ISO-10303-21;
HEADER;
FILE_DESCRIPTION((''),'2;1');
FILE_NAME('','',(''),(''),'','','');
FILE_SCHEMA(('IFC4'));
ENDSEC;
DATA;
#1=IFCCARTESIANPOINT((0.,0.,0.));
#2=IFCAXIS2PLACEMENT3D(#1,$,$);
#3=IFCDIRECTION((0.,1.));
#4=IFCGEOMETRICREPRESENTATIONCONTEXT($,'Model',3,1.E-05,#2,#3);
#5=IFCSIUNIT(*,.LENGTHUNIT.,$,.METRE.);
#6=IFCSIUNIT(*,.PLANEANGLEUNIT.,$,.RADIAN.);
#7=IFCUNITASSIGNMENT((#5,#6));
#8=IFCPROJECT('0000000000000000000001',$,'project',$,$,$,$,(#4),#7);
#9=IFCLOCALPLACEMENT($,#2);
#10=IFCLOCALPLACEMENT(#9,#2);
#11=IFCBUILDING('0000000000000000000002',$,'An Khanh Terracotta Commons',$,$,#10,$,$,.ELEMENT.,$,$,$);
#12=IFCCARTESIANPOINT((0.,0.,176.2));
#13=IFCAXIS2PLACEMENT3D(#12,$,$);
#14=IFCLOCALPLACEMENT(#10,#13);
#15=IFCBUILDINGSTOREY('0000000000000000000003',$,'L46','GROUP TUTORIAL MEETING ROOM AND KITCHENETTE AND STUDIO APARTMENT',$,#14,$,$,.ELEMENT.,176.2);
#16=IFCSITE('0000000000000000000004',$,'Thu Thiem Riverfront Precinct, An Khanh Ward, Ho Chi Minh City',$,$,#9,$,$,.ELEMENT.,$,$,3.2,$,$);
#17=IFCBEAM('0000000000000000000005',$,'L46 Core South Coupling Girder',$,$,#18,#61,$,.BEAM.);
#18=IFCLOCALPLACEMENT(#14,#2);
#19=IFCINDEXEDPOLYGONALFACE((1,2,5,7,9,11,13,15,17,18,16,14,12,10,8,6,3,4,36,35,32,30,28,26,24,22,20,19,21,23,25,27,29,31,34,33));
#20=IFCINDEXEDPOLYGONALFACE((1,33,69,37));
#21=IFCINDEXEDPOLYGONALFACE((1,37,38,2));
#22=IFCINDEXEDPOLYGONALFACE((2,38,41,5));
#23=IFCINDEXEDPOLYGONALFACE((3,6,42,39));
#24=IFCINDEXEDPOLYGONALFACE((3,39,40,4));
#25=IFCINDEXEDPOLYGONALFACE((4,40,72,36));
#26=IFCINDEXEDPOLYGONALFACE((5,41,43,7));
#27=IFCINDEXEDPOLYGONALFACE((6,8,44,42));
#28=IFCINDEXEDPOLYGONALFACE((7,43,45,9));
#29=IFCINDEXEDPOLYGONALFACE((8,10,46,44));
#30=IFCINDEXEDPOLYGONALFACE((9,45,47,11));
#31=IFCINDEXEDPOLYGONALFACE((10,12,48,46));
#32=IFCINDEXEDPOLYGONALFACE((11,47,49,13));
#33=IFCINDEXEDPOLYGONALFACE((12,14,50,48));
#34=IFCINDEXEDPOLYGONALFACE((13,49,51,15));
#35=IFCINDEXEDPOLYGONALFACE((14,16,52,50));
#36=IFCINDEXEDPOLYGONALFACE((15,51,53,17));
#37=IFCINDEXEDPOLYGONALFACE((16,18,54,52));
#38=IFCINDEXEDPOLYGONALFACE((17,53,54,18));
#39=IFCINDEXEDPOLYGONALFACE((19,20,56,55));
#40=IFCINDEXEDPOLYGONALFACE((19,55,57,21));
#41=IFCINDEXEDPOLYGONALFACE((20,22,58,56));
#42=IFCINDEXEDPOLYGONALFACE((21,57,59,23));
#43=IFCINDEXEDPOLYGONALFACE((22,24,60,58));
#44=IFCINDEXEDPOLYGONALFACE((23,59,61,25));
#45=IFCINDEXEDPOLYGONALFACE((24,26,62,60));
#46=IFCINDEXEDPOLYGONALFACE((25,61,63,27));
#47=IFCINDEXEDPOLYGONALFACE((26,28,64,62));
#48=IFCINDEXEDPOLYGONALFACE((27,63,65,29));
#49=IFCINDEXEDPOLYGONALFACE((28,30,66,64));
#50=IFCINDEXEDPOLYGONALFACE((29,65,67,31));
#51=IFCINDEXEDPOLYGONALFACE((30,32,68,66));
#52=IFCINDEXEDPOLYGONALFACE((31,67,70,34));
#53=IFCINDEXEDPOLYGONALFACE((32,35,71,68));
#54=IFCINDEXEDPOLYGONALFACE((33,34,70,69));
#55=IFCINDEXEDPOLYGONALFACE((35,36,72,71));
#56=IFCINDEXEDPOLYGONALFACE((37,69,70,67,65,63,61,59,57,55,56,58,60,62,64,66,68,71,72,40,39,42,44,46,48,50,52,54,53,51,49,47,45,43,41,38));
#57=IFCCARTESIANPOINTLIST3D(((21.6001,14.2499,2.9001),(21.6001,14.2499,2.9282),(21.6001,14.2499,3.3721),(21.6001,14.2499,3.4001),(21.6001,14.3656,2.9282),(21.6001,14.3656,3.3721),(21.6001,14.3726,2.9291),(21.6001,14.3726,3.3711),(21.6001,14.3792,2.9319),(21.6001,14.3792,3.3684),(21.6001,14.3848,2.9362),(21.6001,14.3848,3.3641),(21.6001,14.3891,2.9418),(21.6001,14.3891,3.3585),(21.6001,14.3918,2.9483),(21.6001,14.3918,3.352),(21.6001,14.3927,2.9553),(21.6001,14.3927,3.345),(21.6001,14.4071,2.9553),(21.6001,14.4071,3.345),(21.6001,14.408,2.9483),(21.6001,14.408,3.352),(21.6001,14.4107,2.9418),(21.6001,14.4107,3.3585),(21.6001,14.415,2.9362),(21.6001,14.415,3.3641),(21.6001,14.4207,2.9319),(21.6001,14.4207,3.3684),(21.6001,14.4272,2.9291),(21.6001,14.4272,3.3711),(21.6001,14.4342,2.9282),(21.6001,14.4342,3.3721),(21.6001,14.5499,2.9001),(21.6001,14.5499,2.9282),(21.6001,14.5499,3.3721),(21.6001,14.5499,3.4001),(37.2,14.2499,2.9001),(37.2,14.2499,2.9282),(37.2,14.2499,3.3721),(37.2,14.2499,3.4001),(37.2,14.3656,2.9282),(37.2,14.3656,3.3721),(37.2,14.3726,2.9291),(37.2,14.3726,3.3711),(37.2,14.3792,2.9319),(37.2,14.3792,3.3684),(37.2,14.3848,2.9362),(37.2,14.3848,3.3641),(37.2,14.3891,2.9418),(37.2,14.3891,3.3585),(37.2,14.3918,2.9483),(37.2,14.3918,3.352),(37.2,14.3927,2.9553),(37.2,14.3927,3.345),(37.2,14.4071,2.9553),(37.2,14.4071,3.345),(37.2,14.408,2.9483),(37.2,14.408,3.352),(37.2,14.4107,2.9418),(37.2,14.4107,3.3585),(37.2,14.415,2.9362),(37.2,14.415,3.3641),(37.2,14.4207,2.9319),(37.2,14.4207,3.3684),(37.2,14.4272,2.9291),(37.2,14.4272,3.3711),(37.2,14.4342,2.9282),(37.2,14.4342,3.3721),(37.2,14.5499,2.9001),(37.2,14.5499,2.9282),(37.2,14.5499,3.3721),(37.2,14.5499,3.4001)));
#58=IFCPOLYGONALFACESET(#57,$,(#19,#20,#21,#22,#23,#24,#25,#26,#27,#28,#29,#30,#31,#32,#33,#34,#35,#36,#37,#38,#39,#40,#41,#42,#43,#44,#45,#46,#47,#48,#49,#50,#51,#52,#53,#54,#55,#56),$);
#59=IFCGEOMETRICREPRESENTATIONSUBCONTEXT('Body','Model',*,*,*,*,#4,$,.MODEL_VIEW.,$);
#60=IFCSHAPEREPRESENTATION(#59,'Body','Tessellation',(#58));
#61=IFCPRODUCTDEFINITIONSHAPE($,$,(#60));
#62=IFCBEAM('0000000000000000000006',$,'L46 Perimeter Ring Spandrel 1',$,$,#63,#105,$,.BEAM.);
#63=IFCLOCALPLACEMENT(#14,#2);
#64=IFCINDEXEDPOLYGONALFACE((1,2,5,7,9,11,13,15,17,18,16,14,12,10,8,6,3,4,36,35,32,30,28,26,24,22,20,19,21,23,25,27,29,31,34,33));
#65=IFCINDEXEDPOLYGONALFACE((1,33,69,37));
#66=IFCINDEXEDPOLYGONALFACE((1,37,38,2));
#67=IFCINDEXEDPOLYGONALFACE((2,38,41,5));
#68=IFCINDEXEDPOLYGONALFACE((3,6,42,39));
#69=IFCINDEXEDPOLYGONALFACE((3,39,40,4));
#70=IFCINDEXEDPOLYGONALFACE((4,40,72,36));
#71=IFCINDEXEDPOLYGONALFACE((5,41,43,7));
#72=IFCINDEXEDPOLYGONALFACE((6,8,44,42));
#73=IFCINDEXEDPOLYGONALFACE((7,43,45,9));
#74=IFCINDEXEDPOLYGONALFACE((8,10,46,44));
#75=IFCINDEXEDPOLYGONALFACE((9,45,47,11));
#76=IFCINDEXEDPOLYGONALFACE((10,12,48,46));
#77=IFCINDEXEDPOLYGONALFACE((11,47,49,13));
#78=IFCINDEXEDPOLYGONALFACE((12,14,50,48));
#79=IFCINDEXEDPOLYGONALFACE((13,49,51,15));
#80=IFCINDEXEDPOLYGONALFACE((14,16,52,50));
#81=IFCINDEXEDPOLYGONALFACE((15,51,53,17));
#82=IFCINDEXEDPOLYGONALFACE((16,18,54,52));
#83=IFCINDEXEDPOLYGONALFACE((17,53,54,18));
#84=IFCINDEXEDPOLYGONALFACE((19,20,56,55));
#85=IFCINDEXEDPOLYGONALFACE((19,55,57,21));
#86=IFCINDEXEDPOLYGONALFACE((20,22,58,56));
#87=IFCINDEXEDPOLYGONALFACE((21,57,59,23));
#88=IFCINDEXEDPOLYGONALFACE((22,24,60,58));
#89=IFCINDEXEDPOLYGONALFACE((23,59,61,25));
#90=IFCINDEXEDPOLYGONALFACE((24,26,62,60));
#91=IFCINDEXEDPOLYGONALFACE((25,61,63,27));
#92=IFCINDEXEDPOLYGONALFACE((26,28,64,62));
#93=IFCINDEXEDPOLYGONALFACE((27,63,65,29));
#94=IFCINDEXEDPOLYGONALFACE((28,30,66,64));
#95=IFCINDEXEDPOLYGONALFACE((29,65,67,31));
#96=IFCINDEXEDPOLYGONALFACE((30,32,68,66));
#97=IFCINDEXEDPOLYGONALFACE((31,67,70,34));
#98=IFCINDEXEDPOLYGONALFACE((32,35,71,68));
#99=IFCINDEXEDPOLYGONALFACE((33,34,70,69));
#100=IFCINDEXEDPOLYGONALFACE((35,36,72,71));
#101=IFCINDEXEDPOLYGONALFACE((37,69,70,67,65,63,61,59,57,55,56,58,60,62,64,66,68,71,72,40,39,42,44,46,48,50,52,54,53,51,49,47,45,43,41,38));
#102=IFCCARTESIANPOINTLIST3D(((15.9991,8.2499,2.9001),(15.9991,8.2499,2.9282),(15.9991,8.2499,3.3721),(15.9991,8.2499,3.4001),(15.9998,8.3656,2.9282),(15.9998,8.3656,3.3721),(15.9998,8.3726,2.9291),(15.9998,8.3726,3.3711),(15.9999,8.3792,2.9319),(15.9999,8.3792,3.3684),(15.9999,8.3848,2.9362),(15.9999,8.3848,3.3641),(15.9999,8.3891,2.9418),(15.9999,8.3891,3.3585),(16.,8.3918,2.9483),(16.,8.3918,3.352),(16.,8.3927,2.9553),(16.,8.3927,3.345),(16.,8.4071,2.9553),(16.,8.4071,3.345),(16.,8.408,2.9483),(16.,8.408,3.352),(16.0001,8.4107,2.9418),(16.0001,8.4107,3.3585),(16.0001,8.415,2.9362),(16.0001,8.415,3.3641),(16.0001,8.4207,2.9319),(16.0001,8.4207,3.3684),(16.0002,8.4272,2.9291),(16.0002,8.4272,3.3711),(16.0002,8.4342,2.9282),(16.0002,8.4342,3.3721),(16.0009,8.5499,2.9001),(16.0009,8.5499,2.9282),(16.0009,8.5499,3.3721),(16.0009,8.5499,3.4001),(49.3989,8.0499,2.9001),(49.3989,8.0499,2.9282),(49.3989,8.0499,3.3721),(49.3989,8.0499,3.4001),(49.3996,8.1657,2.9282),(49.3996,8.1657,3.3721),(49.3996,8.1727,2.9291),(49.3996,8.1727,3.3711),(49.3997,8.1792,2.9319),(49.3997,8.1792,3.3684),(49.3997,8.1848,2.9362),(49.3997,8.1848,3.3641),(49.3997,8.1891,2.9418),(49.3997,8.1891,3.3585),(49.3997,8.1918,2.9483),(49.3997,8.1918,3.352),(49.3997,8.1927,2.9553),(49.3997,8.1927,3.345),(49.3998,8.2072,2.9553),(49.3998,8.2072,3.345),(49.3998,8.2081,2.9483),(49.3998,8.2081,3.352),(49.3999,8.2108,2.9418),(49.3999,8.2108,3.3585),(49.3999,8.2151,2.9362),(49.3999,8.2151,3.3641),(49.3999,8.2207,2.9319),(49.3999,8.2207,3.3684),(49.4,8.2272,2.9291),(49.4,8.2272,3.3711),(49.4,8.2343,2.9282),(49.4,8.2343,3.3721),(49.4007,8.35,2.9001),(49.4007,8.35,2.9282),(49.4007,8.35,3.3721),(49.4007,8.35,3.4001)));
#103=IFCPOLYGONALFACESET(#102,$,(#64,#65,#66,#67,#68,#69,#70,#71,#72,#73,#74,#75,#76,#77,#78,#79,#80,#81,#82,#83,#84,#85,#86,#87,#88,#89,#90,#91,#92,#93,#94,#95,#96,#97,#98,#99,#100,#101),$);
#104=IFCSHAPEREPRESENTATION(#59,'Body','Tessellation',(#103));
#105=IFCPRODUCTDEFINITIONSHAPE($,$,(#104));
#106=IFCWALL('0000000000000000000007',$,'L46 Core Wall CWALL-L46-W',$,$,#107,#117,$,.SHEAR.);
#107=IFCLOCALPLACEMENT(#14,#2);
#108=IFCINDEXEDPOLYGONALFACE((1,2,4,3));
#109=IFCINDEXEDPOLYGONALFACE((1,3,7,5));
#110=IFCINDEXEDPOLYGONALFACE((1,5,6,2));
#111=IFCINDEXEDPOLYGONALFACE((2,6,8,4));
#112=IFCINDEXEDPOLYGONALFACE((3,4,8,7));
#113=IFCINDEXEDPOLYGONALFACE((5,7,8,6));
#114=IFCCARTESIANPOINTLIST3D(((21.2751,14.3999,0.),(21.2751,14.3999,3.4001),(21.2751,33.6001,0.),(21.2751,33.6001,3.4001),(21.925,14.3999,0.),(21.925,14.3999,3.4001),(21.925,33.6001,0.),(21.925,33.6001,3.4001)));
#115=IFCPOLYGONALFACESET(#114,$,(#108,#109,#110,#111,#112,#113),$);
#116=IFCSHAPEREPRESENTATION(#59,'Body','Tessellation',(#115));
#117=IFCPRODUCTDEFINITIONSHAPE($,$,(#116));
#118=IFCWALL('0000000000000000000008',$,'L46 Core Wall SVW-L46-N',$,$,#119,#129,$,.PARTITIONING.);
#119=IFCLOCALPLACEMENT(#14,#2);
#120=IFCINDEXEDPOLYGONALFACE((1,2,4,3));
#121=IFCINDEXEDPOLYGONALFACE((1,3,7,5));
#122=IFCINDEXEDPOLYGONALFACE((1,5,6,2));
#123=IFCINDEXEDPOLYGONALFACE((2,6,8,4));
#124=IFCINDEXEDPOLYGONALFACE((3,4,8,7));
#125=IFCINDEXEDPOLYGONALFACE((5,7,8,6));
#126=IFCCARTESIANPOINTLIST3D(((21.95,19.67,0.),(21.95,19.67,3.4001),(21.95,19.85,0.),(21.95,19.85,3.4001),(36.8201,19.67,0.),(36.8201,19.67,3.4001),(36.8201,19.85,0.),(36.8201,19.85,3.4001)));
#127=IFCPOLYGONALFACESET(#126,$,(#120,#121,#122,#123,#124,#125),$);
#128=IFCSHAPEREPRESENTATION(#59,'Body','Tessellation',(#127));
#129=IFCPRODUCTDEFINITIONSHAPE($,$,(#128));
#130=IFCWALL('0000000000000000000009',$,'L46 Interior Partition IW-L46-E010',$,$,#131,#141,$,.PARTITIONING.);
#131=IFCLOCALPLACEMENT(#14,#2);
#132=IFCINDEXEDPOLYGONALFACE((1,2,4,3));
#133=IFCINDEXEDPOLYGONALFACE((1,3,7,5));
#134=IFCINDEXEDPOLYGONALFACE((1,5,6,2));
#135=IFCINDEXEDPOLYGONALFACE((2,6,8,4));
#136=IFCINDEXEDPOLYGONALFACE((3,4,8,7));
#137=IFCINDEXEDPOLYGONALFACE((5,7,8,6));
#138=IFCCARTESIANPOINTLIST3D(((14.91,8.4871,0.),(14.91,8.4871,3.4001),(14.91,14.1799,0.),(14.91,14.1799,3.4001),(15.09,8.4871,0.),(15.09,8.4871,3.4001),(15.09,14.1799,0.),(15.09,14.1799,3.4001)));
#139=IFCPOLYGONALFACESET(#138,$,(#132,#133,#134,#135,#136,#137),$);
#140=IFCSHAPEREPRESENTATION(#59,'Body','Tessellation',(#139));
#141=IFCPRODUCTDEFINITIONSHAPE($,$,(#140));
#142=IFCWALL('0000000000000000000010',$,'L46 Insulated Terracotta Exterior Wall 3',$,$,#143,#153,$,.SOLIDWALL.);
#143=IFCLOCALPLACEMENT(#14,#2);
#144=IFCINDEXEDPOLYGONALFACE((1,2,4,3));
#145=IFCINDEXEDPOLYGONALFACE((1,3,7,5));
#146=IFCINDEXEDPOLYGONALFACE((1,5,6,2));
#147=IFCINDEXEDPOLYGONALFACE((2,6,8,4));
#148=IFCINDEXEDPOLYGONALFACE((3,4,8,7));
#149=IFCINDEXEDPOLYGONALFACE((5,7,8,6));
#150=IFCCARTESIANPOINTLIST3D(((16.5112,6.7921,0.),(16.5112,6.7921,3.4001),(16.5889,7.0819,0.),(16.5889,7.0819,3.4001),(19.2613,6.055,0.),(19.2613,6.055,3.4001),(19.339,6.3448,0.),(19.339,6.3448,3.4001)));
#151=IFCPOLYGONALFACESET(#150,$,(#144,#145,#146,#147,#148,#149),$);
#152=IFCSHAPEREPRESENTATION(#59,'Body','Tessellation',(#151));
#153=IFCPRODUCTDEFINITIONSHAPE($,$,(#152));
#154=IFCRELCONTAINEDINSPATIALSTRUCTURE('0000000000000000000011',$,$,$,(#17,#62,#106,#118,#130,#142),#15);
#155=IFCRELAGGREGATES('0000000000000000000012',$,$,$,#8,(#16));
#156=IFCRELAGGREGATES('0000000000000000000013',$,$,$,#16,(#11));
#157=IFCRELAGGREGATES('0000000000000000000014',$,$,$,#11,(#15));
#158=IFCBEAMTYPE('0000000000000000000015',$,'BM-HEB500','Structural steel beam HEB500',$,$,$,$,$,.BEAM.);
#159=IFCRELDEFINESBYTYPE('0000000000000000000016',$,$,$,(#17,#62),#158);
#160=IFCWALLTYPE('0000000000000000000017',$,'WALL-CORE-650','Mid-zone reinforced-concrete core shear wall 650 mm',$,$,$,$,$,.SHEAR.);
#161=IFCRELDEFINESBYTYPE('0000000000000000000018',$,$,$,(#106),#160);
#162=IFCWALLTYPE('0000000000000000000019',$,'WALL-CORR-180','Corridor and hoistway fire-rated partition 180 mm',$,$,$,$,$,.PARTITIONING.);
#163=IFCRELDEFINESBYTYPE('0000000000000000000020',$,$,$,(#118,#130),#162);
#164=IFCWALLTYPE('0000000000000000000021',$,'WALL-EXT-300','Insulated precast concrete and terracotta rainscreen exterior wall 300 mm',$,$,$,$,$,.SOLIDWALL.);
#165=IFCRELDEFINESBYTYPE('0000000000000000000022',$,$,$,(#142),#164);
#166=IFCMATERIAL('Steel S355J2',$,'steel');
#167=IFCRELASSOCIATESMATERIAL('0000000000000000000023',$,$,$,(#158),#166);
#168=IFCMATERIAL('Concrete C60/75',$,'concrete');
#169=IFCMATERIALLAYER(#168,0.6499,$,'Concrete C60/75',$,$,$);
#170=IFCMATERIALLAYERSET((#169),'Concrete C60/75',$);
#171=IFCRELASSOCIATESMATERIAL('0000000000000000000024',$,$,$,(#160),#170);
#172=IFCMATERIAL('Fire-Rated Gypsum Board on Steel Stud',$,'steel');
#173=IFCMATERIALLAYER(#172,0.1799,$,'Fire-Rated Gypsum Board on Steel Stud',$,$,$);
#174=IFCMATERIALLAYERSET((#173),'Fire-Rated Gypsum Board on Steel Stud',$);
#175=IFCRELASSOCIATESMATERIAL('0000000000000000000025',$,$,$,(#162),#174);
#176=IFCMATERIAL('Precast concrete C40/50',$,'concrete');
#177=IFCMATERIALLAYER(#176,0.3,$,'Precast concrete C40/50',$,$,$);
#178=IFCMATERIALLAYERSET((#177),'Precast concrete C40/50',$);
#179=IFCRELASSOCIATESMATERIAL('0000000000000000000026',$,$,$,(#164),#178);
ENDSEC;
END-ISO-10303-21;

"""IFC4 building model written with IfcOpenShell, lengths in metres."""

from ifc_helpers import new_model, si_unit, direction, frame, frame_2d, origin, origin_2d, place, context, subcontext, project, spatial, rectangle, i_section, extrude, material, layer, layer_set, material_profile, profile_set, type_object, element, save


model = new_model("IFC4")

# Units and contexts
model_context = context("Model", 3, precision=1e-05, world=origin(), true_north=direction((0.0, 1.0)))
body_context = subcontext(model_context, "Body", "Model", "MODEL_VIEW")
ifc_project = project(units=[si_unit("LENGTHUNIT", "METRE"), si_unit("PLANEANGLEUNIT", "RADIAN")], contexts=[model_context])

# Site, building, storey
site_placement = place(None, origin())
site = spatial("IfcSite", under=ifc_project, at=site_placement, Name="Thu Thiem Riverfront Precinct, An Khanh Ward, Ho Chi Minh City", CompositionType="ELEMENT", RefElevation=3.2)
building_placement = place(site_placement, origin())
building = spatial("IfcBuilding", under=site, at=building_placement, Name="An Khanh Terracotta Commons", CompositionType="ELEMENT")
storey_placement = place(building_placement, frame((0.0, 0.0, 176.2)))
storey = spatial("IfcBuildingStorey", under=building, at=storey_placement, Name="L46", Description="GROUP TUTORIAL MEETING ROOM AND KITCHENETTE AND STUDIO APARTMENT", CompositionType="ELEMENT", Elevation=176.2)

# Shared definitions
ifc_material_1 = material(Name="Concrete C60/75", Category="concrete")

# Beams
ifc_material_2 = material(Name="Steel S355J2", Category="steel")
ifc_material_profile_1 = material_profile(ifc_material_2, i_section(OverallWidth=0.3, OverallDepth=0.5, WebThickness=0.0144, FlangeThickness=0.0281, FilletRadius=0.0271, at=origin_2d()), Name="HEB500")
ifc_profile_set_1 = profile_set([ifc_material_profile_1], Name="Steel S355J2")
beam_type_1 = type_object("IfcBeamType", Name="BM-HEB500", Description="Structural steel beam HEB500", PredefinedType="BEAM", material=ifc_profile_set_1)
beam_1_placement = place(storey_placement, frame((21.6001, 14.3999, 3.1501), z_axis=(1.0, 0.0, 0.0), x_axis=(0.0, 1.0, 0.0)))
element("IfcBeam", 1, at=beam_1_placement, inside=storey, type_object=beam_type_1, Name="L46 Core South Coupling Girder", PredefinedType="BEAM", context=body_context, shape_type="SweptSolid", body=[
    extrude(i_section(OverallWidth=0.3, OverallDepth=0.5, WebThickness=0.0144, FlangeThickness=0.0281, FilletRadius=0.0271, at=origin_2d()), origin(), (0.0, 0.0, 1.0), 15.5999),
])
beam_2_placement = place(storey_placement, frame((16.0, 8.3999, 3.1501), z_axis=(0.999982, -0.005986, 0.0), x_axis=(0.005986, 0.999982, 0.0)))
element("IfcBeam", 2, at=beam_2_placement, inside=storey, type_object=beam_type_1, Name="L46 Perimeter Ring Spandrel 1", PredefinedType="BEAM", context=body_context, shape_type="SweptSolid", body=[
    extrude(i_section(OverallWidth=0.3, OverallDepth=0.5, WebThickness=0.0144, FlangeThickness=0.0281, FilletRadius=0.0271, at=origin_2d()), origin(), (0.0, 0.0, 1.0), 33.4004),
])

# Walls
ifc_layer_1 = layer(ifc_material_1, 0.6499, Name="Concrete C60/75")
ifc_layer_set_1 = layer_set([ifc_layer_1], Name="Concrete C60/75")
wall_type_1 = type_object("IfcWallType", Name="WALL-CORE-650", Description="Mid-zone reinforced-concrete core shear wall 650 mm", PredefinedType="SHEAR", material=ifc_layer_set_1)
wall_1_placement = place(storey_placement, frame((21.6001, 14.3999, 0.0), z_axis=(0.0, 0.0, 1.0), x_axis=(0.0, 1.0, 0.0)))
element("IfcWall", 3, at=wall_1_placement, inside=storey, type_object=wall_type_1, Name="L46 Core Wall CWALL-L46-W", PredefinedType="SHEAR", context=body_context, shape_type="SweptSolid", body=[
    extrude(rectangle(XDim=19.2002, YDim=0.6499, at=frame_2d((9.6001, 0.0))), origin(), (0.0, 0.0, 1.0), 3.4001),
])
ifc_material_3 = material(Name="Fire-Rated Gypsum Board on Steel Stud", Category="steel")
ifc_layer_2 = layer(ifc_material_3, 0.1799, Name="Fire-Rated Gypsum Board on Steel Stud")
ifc_layer_set_2 = layer_set([ifc_layer_2], Name="Fire-Rated Gypsum Board on Steel Stud")
wall_type_2 = type_object("IfcWallType", Name="WALL-CORR-180", Description="Corridor and hoistway fire-rated partition 180 mm", PredefinedType="PARTITIONING", material=ifc_layer_set_2)
wall_2_placement = place(storey_placement, frame((21.95, 19.76, 0.0), z_axis=(0.0, 0.0, 1.0), x_axis=(1.0, 0.0, 0.0)))
element("IfcWall", 4, at=wall_2_placement, inside=storey, type_object=wall_type_2, Name="L46 Core Wall SVW-L46-N", PredefinedType="PARTITIONING", context=body_context, shape_type="SweptSolid", body=[
    extrude(rectangle(XDim=14.8701, YDim=0.1799, at=frame_2d((7.4351, 0.0))), origin(), (0.0, 0.0, 1.0), 3.4001),
])
wall_3_placement = place(storey_placement, frame((15.0, 8.4871, 0.0), z_axis=(0.0, 0.0, 1.0), x_axis=(0.0, 1.0, 0.0)))
element("IfcWall", 5, at=wall_3_placement, inside=storey, type_object=wall_type_2, Name="L46 Interior Partition IW-L46-E010", PredefinedType="PARTITIONING", context=body_context, shape_type="SweptSolid", body=[
    extrude(rectangle(XDim=5.6929, YDim=0.1799, at=frame_2d((2.8464, 0.0))), origin(), (0.0, 0.0, 1.0), 3.4001),
])
ifc_material_4 = material(Name="Precast concrete C40/50", Category="concrete")
ifc_layer_3 = layer(ifc_material_4, 0.3, Name="Precast concrete C40/50")
ifc_layer_set_3 = layer_set([ifc_layer_3], Name="Precast concrete C40/50")
wall_type_3 = type_object("IfcWallType", Name="WALL-EXT-300", Description="Insulated precast concrete and terracotta rainscreen exterior wall 300 mm", PredefinedType="SOLIDWALL", material=ifc_layer_set_3)
wall_4_placement = place(storey_placement, frame((16.55, 6.937, 0.0), z_axis=(0.0, 0.0, 1.0), x_axis=(0.965908, -0.258885, 0.0)))
element("IfcWall", 6, at=wall_4_placement, inside=storey, type_object=wall_type_3, Name="L46 Insulated Terracotta Exterior Wall 3", PredefinedType="SOLIDWALL", context=body_context, shape_type="SweptSolid", body=[
    extrude(rectangle(XDim=2.8472, YDim=0.3, at=frame_2d((1.4236, 0.0))), origin(), (0.0, 0.0, 1.0), 3.4001),
])

save(model, "model.ifc")
